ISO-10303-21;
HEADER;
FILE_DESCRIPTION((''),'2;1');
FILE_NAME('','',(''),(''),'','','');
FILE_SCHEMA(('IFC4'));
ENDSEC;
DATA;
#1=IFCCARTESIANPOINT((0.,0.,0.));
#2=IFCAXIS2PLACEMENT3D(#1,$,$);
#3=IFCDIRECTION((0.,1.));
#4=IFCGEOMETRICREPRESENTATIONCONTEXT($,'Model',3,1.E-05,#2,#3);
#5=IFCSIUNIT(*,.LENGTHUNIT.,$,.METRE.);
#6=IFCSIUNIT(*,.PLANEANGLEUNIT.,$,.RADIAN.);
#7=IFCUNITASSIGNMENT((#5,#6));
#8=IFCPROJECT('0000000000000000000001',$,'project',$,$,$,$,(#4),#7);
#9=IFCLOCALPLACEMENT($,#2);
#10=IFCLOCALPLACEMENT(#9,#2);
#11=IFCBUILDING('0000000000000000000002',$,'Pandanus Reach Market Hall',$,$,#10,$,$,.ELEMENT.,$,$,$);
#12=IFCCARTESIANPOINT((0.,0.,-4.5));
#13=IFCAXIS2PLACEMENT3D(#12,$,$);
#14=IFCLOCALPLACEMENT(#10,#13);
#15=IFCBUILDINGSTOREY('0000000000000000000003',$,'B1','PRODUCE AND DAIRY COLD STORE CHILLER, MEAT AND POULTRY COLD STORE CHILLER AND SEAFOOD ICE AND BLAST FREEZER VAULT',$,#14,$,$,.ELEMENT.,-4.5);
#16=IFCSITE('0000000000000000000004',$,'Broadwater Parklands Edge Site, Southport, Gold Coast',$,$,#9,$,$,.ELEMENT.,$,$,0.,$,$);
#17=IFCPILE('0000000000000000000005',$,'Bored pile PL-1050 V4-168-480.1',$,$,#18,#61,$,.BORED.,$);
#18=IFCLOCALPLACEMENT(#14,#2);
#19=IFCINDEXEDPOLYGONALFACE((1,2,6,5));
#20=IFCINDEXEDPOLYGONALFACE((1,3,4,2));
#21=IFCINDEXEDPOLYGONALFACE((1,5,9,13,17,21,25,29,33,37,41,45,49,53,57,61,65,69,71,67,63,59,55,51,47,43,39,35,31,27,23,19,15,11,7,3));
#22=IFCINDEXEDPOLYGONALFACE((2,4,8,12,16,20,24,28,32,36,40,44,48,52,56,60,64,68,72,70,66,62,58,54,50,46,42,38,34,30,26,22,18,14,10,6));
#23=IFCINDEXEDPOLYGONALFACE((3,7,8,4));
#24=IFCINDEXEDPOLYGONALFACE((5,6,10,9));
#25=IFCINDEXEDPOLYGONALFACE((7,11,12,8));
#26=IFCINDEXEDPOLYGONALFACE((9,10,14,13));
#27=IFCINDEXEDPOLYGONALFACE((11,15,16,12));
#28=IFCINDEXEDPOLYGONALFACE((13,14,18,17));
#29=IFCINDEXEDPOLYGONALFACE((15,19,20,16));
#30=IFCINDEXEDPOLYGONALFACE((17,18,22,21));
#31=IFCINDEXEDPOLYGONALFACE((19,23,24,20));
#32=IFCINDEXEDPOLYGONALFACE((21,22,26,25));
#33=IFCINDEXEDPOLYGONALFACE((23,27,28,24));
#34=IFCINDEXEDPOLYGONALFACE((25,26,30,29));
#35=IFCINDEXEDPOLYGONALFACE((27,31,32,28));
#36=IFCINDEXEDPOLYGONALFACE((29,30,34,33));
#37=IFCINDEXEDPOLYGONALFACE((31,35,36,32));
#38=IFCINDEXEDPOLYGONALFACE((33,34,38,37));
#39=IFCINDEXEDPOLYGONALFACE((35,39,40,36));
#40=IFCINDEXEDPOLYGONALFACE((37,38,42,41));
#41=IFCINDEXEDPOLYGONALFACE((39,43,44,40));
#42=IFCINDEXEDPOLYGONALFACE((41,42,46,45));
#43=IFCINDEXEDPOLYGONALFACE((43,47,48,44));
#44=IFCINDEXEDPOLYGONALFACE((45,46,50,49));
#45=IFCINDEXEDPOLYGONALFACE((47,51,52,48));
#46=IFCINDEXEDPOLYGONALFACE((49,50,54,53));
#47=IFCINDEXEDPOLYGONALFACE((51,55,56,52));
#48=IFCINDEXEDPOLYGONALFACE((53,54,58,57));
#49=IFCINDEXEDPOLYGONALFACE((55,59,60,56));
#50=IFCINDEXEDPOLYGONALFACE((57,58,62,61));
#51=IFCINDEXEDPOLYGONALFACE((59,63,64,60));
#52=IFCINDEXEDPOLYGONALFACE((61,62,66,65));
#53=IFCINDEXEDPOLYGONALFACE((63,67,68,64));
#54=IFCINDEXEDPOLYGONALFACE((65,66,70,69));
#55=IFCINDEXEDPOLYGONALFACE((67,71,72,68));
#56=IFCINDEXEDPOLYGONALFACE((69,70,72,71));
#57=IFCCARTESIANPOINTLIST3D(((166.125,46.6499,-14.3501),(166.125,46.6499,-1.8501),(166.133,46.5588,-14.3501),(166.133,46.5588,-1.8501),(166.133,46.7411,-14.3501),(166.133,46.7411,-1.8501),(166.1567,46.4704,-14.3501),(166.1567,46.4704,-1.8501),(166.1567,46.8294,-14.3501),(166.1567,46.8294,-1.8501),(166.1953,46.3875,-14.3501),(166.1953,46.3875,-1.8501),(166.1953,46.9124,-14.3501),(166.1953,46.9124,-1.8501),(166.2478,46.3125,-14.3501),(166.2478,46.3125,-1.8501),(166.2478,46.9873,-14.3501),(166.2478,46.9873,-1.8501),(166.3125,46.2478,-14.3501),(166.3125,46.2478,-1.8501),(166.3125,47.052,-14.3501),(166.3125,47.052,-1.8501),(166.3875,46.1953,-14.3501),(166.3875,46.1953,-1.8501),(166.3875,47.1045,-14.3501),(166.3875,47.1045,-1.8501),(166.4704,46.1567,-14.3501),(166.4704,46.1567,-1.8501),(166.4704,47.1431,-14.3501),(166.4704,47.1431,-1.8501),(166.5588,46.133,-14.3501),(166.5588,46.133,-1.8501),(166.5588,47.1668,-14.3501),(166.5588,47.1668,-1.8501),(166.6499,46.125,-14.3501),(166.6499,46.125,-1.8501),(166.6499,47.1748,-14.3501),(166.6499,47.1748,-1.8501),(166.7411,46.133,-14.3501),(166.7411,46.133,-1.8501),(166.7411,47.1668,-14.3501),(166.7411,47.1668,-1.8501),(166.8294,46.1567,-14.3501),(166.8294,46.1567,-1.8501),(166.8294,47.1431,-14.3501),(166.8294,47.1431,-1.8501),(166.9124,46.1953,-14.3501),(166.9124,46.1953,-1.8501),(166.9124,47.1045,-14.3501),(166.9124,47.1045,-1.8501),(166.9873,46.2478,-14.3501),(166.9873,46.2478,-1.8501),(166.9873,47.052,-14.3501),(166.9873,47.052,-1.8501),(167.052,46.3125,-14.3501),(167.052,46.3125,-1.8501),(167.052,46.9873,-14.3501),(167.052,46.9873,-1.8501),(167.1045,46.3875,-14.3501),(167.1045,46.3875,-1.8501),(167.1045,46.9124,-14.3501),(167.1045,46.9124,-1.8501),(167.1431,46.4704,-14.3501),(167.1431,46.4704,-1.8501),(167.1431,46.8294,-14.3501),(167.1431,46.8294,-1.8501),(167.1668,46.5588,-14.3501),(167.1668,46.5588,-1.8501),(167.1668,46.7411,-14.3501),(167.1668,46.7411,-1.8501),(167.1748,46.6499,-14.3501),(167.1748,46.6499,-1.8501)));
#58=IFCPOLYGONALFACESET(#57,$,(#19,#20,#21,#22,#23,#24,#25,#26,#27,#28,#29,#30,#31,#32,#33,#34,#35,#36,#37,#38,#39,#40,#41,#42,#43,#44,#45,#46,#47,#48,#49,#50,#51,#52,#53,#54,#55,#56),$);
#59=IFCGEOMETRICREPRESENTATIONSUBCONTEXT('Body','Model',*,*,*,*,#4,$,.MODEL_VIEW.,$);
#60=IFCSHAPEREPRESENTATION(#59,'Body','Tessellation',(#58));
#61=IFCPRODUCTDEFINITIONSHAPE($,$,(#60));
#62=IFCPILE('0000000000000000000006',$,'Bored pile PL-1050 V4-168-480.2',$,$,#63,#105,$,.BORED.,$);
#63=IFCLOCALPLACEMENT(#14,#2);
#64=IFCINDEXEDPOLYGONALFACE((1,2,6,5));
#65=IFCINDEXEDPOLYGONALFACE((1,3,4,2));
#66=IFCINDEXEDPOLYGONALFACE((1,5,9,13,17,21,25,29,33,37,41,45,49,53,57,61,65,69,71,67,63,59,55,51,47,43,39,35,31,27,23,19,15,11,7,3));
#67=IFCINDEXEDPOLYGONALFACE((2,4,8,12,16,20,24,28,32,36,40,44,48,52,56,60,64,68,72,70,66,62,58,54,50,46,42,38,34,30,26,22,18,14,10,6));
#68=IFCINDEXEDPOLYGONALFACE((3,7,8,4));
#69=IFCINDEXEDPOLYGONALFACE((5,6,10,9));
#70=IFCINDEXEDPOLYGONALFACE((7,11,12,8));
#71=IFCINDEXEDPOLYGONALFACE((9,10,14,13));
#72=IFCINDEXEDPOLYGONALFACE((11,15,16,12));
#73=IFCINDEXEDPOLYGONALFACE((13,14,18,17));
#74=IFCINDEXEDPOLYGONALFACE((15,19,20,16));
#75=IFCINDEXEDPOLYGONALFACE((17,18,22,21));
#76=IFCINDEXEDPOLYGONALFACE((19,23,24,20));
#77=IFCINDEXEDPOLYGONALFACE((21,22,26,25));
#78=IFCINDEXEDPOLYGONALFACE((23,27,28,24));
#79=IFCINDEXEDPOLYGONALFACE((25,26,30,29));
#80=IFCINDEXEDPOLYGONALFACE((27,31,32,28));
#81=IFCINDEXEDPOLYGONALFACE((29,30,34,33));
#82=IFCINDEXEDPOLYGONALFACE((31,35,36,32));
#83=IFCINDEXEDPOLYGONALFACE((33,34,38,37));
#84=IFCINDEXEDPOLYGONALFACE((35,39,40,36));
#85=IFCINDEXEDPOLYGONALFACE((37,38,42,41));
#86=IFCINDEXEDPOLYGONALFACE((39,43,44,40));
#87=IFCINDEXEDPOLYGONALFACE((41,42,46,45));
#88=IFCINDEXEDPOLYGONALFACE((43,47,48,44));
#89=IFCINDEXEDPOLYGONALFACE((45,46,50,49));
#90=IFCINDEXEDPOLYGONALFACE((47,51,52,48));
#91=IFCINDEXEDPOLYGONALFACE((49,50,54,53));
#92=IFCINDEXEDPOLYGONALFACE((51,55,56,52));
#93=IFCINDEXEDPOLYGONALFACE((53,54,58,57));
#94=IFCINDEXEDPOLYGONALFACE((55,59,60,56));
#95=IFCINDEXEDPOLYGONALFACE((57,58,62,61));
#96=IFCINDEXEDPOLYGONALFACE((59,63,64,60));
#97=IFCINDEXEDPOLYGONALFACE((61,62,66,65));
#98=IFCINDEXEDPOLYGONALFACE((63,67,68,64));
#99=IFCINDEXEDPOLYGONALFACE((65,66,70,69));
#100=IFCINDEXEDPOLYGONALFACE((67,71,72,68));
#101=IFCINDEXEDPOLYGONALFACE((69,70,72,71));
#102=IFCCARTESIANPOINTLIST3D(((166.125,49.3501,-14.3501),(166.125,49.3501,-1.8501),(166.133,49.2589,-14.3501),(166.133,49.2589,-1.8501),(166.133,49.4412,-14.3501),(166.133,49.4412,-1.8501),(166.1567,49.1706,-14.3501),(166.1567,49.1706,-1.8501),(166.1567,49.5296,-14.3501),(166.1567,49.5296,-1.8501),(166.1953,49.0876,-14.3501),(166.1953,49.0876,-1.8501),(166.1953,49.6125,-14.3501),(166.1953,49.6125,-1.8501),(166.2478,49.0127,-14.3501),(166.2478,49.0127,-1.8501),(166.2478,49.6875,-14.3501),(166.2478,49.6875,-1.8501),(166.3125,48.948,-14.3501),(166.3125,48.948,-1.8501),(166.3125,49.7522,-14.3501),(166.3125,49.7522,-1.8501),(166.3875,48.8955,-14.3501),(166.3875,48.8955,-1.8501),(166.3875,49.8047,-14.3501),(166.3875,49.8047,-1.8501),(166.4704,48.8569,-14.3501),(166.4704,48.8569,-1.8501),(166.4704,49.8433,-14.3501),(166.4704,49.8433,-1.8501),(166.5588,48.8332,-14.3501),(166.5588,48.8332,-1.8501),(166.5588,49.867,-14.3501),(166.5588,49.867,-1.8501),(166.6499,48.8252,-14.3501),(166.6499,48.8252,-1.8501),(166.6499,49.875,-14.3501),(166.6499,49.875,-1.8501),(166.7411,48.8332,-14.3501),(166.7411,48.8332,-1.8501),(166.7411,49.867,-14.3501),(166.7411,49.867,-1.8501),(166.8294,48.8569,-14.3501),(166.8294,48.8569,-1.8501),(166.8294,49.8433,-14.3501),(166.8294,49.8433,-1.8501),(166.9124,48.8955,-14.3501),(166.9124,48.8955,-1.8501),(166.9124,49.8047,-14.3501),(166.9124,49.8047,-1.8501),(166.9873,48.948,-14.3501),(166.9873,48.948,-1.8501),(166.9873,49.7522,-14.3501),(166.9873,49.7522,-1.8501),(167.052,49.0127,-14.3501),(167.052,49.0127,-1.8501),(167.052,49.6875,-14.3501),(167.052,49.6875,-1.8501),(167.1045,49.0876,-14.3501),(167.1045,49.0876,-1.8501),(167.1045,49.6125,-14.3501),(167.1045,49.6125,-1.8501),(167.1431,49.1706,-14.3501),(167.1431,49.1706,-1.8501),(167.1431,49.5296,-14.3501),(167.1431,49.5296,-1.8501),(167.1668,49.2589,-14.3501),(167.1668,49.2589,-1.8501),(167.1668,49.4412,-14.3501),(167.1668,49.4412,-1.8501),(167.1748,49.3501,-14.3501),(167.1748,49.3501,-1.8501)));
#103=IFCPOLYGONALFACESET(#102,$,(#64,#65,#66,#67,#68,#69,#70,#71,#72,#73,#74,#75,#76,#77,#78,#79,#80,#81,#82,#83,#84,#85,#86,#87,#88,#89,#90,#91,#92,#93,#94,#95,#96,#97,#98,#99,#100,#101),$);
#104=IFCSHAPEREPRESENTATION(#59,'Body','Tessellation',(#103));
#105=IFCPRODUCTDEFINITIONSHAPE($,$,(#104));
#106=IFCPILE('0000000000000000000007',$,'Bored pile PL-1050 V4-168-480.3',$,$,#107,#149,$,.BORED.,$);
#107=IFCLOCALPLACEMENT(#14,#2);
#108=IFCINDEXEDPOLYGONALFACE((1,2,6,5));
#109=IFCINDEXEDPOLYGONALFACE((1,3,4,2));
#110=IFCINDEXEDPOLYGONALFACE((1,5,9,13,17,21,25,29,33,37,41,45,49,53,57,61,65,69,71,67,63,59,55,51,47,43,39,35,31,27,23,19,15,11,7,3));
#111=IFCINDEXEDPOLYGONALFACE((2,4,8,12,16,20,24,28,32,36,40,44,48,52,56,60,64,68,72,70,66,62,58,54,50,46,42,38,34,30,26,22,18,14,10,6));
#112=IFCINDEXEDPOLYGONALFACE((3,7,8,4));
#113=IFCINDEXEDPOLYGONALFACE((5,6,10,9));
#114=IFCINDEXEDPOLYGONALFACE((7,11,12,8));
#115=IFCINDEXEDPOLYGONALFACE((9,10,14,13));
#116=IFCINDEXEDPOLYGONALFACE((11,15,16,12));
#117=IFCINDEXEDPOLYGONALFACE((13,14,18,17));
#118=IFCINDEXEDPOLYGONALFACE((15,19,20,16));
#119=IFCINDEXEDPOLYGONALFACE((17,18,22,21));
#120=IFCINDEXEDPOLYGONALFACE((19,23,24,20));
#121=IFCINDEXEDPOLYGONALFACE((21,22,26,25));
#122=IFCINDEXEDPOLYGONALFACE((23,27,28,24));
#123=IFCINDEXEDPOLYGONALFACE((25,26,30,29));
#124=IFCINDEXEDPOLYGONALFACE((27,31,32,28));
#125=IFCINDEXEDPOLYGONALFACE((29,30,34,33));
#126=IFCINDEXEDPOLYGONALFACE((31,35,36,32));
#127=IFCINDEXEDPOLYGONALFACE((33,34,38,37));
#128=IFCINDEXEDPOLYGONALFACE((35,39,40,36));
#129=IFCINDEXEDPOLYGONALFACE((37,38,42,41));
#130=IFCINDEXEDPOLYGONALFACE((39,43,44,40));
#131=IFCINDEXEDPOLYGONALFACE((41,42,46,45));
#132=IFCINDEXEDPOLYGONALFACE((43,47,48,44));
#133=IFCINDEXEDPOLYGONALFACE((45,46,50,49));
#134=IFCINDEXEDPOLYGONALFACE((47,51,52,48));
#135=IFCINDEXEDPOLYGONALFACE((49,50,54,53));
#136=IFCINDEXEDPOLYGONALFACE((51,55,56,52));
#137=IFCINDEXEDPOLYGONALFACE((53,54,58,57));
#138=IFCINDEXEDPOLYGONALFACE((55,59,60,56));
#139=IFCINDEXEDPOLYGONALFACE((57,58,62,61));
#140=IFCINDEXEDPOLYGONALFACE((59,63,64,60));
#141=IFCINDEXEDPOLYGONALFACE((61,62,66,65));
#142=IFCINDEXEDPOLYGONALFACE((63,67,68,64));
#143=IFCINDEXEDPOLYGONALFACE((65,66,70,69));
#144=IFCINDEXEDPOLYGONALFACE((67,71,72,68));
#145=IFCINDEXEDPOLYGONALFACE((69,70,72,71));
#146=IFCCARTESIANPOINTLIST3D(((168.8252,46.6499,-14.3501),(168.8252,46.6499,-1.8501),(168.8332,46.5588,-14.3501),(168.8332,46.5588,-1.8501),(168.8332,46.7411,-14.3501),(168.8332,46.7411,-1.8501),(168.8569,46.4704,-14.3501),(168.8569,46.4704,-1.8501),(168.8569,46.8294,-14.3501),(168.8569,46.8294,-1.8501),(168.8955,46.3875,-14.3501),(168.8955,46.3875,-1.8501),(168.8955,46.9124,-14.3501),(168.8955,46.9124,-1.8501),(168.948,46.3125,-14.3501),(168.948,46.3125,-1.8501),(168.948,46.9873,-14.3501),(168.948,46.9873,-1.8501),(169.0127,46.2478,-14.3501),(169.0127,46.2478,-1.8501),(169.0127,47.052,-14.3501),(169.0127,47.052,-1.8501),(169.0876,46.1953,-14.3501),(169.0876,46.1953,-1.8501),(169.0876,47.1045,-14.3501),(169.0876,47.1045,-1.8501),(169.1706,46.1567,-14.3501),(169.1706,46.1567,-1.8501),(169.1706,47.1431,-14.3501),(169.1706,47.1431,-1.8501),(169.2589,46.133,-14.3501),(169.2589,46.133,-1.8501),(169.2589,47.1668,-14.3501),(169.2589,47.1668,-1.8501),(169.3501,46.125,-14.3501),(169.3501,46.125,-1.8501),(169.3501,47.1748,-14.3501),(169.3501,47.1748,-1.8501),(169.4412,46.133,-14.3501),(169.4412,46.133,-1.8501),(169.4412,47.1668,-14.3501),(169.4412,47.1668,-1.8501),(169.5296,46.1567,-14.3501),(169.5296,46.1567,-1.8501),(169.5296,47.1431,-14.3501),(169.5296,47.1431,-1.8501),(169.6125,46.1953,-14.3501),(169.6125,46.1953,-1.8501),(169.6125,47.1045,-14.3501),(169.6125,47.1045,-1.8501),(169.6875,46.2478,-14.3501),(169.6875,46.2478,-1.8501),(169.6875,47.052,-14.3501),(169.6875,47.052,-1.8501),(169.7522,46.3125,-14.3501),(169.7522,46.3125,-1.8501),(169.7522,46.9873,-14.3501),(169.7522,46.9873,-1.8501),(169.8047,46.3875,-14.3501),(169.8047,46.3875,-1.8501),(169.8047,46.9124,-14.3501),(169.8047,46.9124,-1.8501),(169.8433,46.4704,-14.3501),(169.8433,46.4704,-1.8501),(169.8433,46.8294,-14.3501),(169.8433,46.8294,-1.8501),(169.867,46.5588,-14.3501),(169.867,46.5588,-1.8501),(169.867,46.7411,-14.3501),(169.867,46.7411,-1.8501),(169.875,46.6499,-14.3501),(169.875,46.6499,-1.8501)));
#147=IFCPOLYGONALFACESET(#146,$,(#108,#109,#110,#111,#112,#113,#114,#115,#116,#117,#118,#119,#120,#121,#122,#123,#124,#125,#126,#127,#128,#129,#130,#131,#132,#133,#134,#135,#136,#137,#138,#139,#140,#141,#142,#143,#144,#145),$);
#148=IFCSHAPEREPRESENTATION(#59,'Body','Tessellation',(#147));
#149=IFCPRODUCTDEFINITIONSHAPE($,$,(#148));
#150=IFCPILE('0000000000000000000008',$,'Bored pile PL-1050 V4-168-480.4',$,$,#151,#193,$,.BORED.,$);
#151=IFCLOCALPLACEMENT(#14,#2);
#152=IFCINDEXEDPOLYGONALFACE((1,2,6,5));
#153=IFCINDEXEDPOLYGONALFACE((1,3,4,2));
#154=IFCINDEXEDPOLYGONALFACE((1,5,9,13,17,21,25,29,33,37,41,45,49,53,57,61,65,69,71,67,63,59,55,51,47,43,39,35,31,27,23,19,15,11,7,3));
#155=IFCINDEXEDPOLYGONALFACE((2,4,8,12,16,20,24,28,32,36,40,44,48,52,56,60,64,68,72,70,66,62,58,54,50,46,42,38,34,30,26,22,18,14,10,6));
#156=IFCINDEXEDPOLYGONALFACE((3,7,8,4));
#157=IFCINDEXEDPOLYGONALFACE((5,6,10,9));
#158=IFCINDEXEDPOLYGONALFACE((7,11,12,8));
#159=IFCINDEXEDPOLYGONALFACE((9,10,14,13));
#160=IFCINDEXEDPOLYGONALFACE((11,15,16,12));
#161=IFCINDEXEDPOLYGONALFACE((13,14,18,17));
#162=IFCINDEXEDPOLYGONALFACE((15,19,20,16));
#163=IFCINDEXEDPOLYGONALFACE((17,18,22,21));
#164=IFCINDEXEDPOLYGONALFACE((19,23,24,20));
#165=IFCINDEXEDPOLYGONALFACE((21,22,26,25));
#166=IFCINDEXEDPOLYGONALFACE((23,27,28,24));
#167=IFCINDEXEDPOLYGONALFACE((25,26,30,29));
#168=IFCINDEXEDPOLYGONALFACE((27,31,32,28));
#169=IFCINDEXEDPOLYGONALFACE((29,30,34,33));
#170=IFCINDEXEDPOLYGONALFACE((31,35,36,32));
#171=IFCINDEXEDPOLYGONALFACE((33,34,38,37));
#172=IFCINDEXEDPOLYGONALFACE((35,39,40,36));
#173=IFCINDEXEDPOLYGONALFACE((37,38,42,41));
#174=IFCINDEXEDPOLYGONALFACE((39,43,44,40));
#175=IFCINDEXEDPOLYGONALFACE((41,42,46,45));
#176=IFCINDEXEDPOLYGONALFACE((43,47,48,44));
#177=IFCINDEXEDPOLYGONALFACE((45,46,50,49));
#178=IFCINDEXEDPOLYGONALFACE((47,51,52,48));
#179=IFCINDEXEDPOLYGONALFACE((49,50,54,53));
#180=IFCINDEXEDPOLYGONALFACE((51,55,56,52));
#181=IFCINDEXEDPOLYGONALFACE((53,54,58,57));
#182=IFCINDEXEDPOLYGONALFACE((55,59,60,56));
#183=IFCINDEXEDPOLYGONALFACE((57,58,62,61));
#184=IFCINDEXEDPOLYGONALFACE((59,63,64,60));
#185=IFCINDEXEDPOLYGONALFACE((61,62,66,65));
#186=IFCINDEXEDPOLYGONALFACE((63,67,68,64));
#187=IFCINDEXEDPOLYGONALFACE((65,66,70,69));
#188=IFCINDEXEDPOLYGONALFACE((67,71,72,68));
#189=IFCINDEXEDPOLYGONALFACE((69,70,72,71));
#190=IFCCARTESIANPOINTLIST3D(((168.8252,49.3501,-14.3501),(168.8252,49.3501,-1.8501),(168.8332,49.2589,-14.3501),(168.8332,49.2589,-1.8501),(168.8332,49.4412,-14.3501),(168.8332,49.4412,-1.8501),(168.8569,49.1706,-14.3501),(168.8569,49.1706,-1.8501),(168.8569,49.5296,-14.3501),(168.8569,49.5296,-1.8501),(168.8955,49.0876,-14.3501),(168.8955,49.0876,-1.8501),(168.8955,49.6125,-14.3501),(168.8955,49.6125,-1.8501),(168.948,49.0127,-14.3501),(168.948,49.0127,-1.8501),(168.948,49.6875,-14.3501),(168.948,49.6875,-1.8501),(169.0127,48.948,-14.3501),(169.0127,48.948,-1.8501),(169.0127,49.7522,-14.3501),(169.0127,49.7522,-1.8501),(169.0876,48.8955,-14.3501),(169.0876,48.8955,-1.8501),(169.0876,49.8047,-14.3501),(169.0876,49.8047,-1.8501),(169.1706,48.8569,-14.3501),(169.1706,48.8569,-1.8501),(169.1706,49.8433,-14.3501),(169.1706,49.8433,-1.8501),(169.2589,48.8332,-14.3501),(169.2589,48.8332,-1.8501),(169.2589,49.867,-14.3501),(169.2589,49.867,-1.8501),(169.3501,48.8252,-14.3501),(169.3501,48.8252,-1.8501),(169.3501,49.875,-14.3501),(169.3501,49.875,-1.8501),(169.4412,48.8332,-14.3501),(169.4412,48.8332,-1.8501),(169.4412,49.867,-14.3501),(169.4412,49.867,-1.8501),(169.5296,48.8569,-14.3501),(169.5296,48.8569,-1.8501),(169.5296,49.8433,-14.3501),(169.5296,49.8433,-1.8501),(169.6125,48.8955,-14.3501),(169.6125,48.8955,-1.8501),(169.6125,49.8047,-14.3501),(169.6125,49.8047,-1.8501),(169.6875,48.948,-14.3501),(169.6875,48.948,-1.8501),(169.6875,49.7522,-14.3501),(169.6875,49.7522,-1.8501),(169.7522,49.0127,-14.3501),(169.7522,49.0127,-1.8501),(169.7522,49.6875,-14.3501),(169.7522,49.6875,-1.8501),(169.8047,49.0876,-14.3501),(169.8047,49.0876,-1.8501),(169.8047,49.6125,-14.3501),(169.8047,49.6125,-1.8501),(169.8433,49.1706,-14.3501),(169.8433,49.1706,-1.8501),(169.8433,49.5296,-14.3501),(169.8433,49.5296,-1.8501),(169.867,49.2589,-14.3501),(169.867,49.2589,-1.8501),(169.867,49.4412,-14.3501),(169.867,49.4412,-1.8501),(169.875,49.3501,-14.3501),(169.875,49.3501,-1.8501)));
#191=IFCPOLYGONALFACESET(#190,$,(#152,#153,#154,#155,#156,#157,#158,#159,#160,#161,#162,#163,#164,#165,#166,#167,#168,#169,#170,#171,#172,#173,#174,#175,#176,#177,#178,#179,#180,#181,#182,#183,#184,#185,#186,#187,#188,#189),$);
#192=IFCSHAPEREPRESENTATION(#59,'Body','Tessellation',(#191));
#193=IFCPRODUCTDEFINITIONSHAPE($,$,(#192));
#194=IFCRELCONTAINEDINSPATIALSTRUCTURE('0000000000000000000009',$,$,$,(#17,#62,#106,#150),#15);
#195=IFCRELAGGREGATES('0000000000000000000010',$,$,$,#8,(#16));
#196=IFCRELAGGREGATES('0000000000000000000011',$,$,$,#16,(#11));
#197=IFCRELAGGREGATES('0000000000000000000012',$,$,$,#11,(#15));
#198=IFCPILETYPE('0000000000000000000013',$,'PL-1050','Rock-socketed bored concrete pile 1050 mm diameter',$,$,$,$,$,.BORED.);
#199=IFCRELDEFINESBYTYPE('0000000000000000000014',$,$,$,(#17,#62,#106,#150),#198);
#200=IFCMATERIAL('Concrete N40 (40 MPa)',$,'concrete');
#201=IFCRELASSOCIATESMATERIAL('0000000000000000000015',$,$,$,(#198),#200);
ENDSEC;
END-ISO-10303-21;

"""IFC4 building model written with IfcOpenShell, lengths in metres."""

from ifc_helpers import new_model, si_unit, direction, frame, origin, origin_2d, place, context, subcontext, project, spatial, circle, extrude, material, material_profile, profile_set, type_object, element, save


model = new_model("IFC4")

# Units and contexts
model_context = context("Model", 3, precision=1e-05, world=origin(), true_north=direction((0.0, 1.0)))
body_context = subcontext(model_context, "Body", "Model", "MODEL_VIEW")
ifc_project = project(units=[si_unit("LENGTHUNIT", "METRE"), si_unit("PLANEANGLEUNIT", "RADIAN")], contexts=[model_context])

# Site, building, storey
site_placement = place(None, origin())
site = spatial("IfcSite", under=ifc_project, at=site_placement, Name="Broadwater Parklands Edge Site, Southport, Gold Coast", CompositionType="ELEMENT", RefElevation=0.0)
building_placement = place(site_placement, origin())
building = spatial("IfcBuilding", under=site, at=building_placement, Name="Pandanus Reach Market Hall", CompositionType="ELEMENT")
storey_placement = place(building_placement, frame((0.0, 0.0, -4.5)))
storey = spatial("IfcBuildingStorey", under=building, at=storey_placement, Name="B1", Description="PRODUCE AND DAIRY COLD STORE CHILLER, MEAT AND POULTRY COLD STORE CHILLER AND SEAFOOD ICE AND BLAST FREEZER VAULT", CompositionType="ELEMENT", Elevation=-4.5)

# Shared definitions
ifc_material_1 = material(Name="Concrete N40 (40 MPa)", Category="concrete")

# Piles
ifc_material_profile_1 = material_profile(ifc_material_1, circle(Radius=0.5249, at=origin_2d()), Name="PILE-1050D", Category="LoadBearing")
ifc_profile_set_1 = profile_set([ifc_material_profile_1], Name="Concrete N40 (40 MPa)")
pile_type_1 = type_object("IfcPileType", Name="PL-1050", Description="Rock-socketed bored concrete pile 1050 mm diameter", PredefinedType="BORED", material=ifc_profile_set_1)
for number, where, z_axis, x_axis, name in (
    (1, (166.6499, 46.6499, -1.8501), (0.0, 0.0, -1.0), (1.0, 0.0, 0.0), "Bored pile PL-1050 V4-168-480.1"),
    (2, (166.6499, 49.3501, -1.8501), (0.0, 0.0, -1.0), (1.0, 0.0, 0.0), "Bored pile PL-1050 V4-168-480.2"),
    (3, (169.3501, 46.6499, -1.8501), (0.0, 0.0, -1.0), (1.0, 0.0, 0.0), "Bored pile PL-1050 V4-168-480.3"),
    (4, (169.3501, 49.3501, -1.8501), (0.0, 0.0, -1.0), (1.0, 0.0, 0.0), "Bored pile PL-1050 V4-168-480.4"),
):
    element("IfcPile", number, at=place(storey_placement, frame(where, z_axis=z_axis, x_axis=x_axis)), inside=storey, type_object=pile_type_1, Name=name, PredefinedType="BORED", context=body_context, shape_type="SweptSolid", body=[
        extrude(circle(Radius=0.5249, at=origin_2d()), origin(), (0.0, 0.0, 1.0), 12.5),
    ])

save(model, "model.ifc")
